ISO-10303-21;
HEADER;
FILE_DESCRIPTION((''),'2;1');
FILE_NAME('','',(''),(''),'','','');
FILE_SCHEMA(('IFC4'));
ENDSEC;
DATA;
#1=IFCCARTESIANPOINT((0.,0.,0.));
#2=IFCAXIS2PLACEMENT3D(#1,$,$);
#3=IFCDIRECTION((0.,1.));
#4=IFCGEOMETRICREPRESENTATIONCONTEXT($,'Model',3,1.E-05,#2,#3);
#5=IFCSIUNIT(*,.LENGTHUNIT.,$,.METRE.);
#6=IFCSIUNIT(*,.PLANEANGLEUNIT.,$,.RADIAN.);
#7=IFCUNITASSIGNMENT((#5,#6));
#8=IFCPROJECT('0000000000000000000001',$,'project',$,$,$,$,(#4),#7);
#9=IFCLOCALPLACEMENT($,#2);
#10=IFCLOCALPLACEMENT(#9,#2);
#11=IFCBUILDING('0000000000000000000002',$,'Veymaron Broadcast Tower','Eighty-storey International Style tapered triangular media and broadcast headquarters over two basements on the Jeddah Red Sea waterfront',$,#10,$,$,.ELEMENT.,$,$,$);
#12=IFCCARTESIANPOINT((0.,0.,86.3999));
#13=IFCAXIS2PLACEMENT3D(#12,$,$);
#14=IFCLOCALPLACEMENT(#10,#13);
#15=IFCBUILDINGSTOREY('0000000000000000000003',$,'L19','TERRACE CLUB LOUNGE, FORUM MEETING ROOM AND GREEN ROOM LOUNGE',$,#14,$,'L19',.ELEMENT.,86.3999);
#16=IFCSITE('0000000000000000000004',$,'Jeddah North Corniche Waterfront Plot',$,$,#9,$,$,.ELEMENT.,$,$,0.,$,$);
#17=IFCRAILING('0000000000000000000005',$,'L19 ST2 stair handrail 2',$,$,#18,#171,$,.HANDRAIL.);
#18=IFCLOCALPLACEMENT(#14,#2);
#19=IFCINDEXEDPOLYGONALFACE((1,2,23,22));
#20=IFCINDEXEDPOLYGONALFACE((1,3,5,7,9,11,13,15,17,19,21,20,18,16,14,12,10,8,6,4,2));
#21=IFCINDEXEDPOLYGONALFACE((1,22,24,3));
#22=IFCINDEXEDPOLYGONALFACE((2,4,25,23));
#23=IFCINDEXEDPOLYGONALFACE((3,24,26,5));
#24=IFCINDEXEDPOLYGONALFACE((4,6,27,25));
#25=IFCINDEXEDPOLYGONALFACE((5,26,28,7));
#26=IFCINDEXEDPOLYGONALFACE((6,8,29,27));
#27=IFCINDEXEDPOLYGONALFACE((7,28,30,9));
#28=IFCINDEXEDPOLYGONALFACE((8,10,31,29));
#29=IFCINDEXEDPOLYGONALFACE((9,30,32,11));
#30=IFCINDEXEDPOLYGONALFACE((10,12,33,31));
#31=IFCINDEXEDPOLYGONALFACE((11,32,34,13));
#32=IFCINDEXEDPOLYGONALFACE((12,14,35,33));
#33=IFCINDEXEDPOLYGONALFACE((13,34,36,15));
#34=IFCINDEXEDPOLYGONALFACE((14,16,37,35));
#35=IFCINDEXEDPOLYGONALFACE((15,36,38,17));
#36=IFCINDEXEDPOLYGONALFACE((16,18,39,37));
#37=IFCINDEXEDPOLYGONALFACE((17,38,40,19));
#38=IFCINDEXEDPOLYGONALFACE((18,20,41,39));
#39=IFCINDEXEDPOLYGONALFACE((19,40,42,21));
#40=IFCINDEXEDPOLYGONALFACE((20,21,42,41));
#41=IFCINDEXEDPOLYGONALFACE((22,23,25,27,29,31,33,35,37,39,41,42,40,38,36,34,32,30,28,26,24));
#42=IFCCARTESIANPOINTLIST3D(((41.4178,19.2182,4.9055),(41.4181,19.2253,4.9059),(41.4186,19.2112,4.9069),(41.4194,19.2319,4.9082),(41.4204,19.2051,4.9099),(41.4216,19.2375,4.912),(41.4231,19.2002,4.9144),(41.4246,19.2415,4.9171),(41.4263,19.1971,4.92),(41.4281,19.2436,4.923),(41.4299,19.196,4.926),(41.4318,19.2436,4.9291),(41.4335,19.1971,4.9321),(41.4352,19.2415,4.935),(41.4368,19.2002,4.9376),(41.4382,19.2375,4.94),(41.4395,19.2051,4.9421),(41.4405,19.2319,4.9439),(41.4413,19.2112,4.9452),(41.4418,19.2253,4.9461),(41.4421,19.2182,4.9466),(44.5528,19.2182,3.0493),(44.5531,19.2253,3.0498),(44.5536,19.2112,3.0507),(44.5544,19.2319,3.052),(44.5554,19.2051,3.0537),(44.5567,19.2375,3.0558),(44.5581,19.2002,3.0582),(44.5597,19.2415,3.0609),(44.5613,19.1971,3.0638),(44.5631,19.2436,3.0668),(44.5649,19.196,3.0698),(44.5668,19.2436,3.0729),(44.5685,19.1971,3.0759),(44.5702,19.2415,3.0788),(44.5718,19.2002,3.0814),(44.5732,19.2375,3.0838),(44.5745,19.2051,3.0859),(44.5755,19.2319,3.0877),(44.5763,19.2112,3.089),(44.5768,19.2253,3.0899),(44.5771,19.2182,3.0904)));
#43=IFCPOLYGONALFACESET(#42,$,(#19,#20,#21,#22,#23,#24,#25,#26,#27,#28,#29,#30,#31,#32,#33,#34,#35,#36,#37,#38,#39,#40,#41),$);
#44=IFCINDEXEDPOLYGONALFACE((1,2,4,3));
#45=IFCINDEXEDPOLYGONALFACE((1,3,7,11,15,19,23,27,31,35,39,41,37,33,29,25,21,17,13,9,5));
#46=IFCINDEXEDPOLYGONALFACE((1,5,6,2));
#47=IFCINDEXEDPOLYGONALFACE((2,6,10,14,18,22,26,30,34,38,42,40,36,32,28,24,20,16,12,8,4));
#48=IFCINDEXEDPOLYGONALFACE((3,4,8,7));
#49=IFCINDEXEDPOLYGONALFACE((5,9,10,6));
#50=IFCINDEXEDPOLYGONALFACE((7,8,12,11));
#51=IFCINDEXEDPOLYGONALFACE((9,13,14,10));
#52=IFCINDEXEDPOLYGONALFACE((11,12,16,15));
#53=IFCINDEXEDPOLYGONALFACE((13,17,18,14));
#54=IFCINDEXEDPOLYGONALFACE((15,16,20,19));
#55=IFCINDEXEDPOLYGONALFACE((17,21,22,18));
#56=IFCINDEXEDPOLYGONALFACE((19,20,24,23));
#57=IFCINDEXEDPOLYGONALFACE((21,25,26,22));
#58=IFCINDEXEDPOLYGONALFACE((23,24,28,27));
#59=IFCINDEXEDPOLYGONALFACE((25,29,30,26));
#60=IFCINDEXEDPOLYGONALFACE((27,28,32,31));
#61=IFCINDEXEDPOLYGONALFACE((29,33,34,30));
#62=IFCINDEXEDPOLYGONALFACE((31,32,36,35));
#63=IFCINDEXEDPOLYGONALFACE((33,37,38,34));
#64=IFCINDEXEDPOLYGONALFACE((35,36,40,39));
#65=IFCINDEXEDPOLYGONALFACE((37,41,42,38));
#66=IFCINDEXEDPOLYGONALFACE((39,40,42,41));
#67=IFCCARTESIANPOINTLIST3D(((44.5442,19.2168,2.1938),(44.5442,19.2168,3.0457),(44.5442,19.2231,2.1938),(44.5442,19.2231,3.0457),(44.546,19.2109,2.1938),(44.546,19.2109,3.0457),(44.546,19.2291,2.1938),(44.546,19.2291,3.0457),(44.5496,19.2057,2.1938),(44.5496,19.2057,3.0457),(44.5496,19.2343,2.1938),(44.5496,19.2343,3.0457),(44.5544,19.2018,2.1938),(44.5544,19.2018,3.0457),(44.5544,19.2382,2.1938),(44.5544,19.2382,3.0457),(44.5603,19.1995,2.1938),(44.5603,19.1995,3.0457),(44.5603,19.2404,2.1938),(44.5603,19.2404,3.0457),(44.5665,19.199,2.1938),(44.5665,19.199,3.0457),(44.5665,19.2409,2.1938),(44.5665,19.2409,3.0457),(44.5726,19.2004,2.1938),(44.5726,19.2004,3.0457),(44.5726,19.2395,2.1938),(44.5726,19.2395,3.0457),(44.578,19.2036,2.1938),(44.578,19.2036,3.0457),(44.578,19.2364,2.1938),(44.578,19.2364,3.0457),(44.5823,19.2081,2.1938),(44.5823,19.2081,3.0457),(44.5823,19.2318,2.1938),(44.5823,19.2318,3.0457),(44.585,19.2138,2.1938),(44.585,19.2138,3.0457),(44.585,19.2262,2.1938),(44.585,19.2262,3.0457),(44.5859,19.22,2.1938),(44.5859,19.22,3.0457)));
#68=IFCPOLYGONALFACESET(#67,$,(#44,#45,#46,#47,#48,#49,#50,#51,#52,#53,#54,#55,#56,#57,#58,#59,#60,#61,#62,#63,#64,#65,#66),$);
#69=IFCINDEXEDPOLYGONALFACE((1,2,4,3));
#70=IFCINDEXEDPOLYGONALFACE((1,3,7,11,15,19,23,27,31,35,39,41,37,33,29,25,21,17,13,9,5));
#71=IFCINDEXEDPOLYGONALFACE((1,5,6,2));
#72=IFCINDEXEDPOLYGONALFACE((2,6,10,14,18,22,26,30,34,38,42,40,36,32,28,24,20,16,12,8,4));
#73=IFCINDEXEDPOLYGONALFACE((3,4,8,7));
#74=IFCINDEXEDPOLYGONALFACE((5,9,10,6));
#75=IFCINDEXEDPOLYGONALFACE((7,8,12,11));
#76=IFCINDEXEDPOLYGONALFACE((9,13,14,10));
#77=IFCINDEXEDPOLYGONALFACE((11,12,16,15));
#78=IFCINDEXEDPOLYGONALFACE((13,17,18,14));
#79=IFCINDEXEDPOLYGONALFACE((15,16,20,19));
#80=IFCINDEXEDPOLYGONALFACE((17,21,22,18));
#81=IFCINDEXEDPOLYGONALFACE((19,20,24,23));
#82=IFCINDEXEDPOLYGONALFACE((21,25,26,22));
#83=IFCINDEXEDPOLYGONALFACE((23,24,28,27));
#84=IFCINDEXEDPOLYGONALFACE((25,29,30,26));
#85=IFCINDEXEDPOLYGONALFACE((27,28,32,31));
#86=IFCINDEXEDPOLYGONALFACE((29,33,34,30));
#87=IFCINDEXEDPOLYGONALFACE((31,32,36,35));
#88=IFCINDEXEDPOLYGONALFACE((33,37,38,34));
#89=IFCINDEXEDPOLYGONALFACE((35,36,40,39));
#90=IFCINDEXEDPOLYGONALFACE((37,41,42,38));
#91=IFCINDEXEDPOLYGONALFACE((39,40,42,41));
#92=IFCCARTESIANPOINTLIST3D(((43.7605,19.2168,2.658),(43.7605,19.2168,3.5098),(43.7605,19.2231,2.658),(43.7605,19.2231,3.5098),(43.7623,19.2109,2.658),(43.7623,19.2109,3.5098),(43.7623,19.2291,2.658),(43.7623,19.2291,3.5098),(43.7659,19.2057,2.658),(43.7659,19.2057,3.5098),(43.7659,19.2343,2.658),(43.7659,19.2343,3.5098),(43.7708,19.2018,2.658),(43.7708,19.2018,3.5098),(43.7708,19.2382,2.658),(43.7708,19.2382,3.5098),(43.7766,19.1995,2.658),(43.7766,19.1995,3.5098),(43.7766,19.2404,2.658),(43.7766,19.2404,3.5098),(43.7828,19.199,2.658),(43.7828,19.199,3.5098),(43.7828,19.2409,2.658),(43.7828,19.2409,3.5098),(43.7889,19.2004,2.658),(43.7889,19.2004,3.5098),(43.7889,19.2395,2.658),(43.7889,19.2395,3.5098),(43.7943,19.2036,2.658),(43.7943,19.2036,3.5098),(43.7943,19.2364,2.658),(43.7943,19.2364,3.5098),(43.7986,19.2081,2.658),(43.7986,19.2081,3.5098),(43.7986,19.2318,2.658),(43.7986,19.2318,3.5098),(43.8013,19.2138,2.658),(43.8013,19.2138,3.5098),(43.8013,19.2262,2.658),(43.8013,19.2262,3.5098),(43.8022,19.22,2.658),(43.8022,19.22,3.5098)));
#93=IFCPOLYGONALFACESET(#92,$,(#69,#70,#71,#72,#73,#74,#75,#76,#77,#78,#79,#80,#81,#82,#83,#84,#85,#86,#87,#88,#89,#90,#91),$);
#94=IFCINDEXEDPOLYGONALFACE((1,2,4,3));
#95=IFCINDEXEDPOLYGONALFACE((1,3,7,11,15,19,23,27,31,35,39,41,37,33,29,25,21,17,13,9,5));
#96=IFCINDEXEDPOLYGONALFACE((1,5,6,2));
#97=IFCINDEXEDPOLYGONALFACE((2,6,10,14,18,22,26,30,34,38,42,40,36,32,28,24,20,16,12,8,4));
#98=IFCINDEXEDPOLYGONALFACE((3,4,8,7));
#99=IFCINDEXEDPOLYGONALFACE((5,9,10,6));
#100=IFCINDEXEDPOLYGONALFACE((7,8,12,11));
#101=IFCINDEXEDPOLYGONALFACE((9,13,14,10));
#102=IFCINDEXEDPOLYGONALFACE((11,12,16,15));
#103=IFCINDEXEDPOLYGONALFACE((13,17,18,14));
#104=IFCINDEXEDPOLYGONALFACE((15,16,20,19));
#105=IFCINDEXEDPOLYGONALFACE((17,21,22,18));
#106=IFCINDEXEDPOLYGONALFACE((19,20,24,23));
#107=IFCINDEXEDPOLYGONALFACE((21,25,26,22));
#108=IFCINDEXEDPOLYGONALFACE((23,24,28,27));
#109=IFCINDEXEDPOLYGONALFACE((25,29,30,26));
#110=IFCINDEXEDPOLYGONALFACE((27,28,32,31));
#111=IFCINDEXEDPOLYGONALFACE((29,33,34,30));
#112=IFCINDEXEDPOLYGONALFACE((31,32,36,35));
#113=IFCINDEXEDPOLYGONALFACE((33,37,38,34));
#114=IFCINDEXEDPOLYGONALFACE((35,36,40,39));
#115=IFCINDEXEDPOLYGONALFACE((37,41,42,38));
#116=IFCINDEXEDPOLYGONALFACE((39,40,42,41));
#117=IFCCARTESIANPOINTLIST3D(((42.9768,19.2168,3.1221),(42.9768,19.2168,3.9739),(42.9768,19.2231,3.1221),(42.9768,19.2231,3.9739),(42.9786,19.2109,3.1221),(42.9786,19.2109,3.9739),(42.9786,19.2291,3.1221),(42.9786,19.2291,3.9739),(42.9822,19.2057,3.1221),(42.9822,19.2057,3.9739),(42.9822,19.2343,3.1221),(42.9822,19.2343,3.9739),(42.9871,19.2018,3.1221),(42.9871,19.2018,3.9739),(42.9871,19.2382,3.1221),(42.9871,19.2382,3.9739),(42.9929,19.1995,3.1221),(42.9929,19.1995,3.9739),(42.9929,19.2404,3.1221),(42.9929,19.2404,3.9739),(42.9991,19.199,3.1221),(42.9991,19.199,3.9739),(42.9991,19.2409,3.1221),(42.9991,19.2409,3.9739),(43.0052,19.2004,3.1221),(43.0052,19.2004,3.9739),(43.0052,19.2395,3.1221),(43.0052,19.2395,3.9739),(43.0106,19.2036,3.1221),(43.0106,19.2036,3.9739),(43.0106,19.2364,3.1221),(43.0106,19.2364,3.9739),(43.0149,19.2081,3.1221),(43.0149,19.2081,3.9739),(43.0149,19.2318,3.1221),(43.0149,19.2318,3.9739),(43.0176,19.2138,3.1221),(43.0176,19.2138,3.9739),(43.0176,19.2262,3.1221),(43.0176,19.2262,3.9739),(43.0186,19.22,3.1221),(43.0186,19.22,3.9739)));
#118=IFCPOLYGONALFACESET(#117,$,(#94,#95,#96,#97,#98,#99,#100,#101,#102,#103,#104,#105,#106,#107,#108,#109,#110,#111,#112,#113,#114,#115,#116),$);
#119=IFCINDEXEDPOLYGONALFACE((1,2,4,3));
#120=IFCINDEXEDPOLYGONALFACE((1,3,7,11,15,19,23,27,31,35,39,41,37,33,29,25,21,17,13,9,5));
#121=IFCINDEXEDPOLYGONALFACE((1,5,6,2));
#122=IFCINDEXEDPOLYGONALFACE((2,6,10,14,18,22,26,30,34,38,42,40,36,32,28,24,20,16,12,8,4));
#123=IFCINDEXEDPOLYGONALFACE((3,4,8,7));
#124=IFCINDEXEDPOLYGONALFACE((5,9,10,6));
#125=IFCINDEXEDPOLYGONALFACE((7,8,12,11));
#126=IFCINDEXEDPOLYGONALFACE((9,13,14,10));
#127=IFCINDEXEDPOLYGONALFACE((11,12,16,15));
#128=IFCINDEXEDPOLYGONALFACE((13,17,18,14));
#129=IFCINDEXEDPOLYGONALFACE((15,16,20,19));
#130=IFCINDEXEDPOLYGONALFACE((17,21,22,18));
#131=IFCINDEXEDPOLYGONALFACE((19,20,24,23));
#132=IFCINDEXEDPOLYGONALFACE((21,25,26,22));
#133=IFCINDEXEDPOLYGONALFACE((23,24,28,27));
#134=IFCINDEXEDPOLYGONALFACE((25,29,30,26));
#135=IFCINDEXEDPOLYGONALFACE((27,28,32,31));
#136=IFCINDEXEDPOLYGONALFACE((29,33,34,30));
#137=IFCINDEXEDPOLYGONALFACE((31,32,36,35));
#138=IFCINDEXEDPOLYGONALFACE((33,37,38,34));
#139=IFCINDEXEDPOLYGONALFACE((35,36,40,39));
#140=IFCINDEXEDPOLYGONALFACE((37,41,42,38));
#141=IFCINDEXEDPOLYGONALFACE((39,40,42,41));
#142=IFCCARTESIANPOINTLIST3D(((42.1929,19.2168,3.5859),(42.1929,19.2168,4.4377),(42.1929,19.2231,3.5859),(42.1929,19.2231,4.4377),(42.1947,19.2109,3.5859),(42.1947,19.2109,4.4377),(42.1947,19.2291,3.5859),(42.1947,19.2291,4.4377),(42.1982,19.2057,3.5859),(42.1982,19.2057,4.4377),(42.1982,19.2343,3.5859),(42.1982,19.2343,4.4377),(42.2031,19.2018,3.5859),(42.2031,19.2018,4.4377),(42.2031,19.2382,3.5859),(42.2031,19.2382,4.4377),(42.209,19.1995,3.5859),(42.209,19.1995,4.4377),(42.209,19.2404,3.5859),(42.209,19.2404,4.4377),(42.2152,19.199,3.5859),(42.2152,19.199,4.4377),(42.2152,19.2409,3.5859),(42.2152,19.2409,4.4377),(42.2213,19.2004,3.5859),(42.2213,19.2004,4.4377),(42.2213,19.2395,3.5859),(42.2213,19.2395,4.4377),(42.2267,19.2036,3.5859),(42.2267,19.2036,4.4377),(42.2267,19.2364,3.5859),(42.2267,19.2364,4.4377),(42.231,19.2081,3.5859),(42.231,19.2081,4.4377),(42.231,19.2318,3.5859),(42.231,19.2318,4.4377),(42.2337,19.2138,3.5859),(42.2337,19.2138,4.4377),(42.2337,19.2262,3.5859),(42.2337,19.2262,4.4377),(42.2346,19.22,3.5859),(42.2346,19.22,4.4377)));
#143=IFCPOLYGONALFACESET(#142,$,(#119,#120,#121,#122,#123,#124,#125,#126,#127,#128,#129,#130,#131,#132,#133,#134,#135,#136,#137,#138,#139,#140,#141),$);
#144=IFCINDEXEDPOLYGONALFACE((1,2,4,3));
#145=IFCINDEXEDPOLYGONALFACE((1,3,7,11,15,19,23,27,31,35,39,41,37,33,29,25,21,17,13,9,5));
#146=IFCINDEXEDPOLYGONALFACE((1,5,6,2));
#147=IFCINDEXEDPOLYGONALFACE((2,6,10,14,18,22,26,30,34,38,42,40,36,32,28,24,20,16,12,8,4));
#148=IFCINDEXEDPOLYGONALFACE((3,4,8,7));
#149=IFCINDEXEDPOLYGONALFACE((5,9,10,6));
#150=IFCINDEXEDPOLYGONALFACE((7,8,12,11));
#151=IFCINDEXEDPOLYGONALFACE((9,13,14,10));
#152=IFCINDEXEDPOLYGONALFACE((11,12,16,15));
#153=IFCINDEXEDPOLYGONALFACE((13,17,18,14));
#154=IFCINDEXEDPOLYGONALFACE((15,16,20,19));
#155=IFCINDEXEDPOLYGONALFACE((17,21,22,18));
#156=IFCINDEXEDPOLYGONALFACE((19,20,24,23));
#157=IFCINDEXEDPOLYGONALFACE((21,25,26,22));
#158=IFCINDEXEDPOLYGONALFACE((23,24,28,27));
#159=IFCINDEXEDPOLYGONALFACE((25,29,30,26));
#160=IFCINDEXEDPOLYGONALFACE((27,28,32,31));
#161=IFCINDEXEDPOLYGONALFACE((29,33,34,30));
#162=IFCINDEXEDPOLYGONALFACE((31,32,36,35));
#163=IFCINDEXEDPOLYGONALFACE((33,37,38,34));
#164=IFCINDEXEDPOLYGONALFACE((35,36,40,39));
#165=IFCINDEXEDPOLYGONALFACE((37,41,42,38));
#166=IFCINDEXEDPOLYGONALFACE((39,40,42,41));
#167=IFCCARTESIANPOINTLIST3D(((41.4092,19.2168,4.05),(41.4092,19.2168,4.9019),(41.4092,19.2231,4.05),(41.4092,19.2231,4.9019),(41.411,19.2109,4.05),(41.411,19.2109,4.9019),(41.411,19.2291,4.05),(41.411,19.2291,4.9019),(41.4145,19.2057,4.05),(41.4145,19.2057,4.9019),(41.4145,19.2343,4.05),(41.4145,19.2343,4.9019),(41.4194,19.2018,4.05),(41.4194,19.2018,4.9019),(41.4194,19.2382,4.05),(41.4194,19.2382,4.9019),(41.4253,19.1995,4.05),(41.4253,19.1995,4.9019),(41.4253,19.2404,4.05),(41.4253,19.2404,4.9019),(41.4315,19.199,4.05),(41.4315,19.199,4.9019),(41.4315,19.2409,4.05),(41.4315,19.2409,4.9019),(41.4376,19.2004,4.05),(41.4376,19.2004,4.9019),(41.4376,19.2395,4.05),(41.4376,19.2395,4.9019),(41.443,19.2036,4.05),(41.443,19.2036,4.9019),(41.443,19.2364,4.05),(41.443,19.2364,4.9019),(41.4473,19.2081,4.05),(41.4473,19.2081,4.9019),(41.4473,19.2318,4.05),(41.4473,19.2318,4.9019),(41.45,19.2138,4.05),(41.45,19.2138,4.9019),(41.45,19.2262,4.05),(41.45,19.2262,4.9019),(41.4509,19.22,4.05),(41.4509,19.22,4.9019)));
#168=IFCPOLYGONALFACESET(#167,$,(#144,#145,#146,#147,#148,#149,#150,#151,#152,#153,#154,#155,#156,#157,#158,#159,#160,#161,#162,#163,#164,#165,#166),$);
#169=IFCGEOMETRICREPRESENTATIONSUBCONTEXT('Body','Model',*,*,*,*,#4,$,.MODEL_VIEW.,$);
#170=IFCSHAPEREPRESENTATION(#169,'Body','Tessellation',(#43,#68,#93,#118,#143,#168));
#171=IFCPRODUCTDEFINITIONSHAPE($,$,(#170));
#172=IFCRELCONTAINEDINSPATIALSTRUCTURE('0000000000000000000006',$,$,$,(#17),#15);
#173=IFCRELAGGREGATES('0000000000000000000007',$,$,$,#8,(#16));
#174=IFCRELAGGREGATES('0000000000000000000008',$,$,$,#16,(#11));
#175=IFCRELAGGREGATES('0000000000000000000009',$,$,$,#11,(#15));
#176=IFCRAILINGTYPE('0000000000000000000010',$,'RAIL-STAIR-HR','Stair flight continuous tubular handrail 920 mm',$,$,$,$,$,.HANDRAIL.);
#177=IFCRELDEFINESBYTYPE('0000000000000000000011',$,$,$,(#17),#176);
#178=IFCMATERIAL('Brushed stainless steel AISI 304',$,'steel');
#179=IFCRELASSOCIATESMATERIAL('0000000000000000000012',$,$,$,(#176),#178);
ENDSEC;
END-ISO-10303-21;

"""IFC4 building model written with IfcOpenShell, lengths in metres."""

from ifc_helpers import new_model, si_unit, direction, frame, origin, origin_2d, place, context, subcontext, project, spatial, circle, extrude, material, type_object, element, save


model = new_model("IFC4")

# Units and contexts
model_context = context("Model", 3, precision=1e-05, world=origin(), true_north=direction((0.0, 1.0)))
body_context = subcontext(model_context, "Body", "Model", "MODEL_VIEW")
ifc_project = project(units=[si_unit("LENGTHUNIT", "METRE"), si_unit("PLANEANGLEUNIT", "RADIAN")], contexts=[model_context])

# Site, building, storey
site_placement = place(None, origin())
site = spatial("IfcSite", under=ifc_project, at=site_placement, Name="Jeddah North Corniche Waterfront Plot", CompositionType="ELEMENT", RefElevation=0.0)
building_placement = place(site_placement, origin())
building = spatial("IfcBuilding", under=site, at=building_placement, Name="Veymaron Broadcast Tower", Description="Eighty-storey International Style tapered triangular media and broadcast headquarters over two basements on the Jeddah Red Sea waterfront", CompositionType="ELEMENT")
storey_placement = place(building_placement, frame((0.0, 0.0, 86.3999)))
storey = spatial("IfcBuildingStorey", under=building, at=storey_placement, Name="L19", Description="TERRACE CLUB LOUNGE, FORUM MEETING ROOM AND GREEN ROOM LOUNGE", LongName="L19", CompositionType="ELEMENT", Elevation=86.3999)

# Railing
ifc_material_1 = material(Name="Brushed stainless steel AISI 304", Category="steel")
railing_type_1 = type_object("IfcRailingType", Name="RAIL-STAIR-HR", Description="Stair flight continuous tubular handrail 920 mm", PredefinedType="HANDRAIL", material=ifc_material_1)
railing_1_placement = place(storey_placement, frame((44.5649, 19.22, 2.1938)))
element("IfcRailing", 1, at=railing_1_placement, inside=storey, type_object=railing_type_1, Name="L19 ST2 stair handrail 2", PredefinedType="HANDRAIL", context=body_context, shape_type="SweptSolid", body=[
    extrude(circle(Radius=0.0239, at=origin_2d()), frame((0.0, 0.0, 0.876), z_axis=(-0.860482, 0.0, 0.509481), x_axis=(0.0, -1.0, 0.0)), (0.0, 0.0, 1.0), 3.6433),
    extrude(circle(Radius=0.021, at=origin_2d()), origin(), (0.0, 0.0, 1.0), 0.8518),
    extrude(circle(Radius=0.021, at=origin_2d()), frame((-0.7837, 0.0, 0.4641)), (0.0, 0.0, 1.0), 0.8518),
    extrude(circle(Radius=0.021, at=origin_2d()), frame((-1.5674, 0.0, 0.9282)), (0.0, 0.0, 1.0), 0.8518),
    extrude(circle(Radius=0.021, at=origin_2d()), frame((-2.3513, 0.0, 1.3921)), (0.0, 0.0, 1.0), 0.8518),
    extrude(circle(Radius=0.021, at=origin_2d()), frame((-3.135, 0.0, 1.8562)), (0.0, 0.0, 1.0), 0.8518),
])

save(model, "model.ifc")
